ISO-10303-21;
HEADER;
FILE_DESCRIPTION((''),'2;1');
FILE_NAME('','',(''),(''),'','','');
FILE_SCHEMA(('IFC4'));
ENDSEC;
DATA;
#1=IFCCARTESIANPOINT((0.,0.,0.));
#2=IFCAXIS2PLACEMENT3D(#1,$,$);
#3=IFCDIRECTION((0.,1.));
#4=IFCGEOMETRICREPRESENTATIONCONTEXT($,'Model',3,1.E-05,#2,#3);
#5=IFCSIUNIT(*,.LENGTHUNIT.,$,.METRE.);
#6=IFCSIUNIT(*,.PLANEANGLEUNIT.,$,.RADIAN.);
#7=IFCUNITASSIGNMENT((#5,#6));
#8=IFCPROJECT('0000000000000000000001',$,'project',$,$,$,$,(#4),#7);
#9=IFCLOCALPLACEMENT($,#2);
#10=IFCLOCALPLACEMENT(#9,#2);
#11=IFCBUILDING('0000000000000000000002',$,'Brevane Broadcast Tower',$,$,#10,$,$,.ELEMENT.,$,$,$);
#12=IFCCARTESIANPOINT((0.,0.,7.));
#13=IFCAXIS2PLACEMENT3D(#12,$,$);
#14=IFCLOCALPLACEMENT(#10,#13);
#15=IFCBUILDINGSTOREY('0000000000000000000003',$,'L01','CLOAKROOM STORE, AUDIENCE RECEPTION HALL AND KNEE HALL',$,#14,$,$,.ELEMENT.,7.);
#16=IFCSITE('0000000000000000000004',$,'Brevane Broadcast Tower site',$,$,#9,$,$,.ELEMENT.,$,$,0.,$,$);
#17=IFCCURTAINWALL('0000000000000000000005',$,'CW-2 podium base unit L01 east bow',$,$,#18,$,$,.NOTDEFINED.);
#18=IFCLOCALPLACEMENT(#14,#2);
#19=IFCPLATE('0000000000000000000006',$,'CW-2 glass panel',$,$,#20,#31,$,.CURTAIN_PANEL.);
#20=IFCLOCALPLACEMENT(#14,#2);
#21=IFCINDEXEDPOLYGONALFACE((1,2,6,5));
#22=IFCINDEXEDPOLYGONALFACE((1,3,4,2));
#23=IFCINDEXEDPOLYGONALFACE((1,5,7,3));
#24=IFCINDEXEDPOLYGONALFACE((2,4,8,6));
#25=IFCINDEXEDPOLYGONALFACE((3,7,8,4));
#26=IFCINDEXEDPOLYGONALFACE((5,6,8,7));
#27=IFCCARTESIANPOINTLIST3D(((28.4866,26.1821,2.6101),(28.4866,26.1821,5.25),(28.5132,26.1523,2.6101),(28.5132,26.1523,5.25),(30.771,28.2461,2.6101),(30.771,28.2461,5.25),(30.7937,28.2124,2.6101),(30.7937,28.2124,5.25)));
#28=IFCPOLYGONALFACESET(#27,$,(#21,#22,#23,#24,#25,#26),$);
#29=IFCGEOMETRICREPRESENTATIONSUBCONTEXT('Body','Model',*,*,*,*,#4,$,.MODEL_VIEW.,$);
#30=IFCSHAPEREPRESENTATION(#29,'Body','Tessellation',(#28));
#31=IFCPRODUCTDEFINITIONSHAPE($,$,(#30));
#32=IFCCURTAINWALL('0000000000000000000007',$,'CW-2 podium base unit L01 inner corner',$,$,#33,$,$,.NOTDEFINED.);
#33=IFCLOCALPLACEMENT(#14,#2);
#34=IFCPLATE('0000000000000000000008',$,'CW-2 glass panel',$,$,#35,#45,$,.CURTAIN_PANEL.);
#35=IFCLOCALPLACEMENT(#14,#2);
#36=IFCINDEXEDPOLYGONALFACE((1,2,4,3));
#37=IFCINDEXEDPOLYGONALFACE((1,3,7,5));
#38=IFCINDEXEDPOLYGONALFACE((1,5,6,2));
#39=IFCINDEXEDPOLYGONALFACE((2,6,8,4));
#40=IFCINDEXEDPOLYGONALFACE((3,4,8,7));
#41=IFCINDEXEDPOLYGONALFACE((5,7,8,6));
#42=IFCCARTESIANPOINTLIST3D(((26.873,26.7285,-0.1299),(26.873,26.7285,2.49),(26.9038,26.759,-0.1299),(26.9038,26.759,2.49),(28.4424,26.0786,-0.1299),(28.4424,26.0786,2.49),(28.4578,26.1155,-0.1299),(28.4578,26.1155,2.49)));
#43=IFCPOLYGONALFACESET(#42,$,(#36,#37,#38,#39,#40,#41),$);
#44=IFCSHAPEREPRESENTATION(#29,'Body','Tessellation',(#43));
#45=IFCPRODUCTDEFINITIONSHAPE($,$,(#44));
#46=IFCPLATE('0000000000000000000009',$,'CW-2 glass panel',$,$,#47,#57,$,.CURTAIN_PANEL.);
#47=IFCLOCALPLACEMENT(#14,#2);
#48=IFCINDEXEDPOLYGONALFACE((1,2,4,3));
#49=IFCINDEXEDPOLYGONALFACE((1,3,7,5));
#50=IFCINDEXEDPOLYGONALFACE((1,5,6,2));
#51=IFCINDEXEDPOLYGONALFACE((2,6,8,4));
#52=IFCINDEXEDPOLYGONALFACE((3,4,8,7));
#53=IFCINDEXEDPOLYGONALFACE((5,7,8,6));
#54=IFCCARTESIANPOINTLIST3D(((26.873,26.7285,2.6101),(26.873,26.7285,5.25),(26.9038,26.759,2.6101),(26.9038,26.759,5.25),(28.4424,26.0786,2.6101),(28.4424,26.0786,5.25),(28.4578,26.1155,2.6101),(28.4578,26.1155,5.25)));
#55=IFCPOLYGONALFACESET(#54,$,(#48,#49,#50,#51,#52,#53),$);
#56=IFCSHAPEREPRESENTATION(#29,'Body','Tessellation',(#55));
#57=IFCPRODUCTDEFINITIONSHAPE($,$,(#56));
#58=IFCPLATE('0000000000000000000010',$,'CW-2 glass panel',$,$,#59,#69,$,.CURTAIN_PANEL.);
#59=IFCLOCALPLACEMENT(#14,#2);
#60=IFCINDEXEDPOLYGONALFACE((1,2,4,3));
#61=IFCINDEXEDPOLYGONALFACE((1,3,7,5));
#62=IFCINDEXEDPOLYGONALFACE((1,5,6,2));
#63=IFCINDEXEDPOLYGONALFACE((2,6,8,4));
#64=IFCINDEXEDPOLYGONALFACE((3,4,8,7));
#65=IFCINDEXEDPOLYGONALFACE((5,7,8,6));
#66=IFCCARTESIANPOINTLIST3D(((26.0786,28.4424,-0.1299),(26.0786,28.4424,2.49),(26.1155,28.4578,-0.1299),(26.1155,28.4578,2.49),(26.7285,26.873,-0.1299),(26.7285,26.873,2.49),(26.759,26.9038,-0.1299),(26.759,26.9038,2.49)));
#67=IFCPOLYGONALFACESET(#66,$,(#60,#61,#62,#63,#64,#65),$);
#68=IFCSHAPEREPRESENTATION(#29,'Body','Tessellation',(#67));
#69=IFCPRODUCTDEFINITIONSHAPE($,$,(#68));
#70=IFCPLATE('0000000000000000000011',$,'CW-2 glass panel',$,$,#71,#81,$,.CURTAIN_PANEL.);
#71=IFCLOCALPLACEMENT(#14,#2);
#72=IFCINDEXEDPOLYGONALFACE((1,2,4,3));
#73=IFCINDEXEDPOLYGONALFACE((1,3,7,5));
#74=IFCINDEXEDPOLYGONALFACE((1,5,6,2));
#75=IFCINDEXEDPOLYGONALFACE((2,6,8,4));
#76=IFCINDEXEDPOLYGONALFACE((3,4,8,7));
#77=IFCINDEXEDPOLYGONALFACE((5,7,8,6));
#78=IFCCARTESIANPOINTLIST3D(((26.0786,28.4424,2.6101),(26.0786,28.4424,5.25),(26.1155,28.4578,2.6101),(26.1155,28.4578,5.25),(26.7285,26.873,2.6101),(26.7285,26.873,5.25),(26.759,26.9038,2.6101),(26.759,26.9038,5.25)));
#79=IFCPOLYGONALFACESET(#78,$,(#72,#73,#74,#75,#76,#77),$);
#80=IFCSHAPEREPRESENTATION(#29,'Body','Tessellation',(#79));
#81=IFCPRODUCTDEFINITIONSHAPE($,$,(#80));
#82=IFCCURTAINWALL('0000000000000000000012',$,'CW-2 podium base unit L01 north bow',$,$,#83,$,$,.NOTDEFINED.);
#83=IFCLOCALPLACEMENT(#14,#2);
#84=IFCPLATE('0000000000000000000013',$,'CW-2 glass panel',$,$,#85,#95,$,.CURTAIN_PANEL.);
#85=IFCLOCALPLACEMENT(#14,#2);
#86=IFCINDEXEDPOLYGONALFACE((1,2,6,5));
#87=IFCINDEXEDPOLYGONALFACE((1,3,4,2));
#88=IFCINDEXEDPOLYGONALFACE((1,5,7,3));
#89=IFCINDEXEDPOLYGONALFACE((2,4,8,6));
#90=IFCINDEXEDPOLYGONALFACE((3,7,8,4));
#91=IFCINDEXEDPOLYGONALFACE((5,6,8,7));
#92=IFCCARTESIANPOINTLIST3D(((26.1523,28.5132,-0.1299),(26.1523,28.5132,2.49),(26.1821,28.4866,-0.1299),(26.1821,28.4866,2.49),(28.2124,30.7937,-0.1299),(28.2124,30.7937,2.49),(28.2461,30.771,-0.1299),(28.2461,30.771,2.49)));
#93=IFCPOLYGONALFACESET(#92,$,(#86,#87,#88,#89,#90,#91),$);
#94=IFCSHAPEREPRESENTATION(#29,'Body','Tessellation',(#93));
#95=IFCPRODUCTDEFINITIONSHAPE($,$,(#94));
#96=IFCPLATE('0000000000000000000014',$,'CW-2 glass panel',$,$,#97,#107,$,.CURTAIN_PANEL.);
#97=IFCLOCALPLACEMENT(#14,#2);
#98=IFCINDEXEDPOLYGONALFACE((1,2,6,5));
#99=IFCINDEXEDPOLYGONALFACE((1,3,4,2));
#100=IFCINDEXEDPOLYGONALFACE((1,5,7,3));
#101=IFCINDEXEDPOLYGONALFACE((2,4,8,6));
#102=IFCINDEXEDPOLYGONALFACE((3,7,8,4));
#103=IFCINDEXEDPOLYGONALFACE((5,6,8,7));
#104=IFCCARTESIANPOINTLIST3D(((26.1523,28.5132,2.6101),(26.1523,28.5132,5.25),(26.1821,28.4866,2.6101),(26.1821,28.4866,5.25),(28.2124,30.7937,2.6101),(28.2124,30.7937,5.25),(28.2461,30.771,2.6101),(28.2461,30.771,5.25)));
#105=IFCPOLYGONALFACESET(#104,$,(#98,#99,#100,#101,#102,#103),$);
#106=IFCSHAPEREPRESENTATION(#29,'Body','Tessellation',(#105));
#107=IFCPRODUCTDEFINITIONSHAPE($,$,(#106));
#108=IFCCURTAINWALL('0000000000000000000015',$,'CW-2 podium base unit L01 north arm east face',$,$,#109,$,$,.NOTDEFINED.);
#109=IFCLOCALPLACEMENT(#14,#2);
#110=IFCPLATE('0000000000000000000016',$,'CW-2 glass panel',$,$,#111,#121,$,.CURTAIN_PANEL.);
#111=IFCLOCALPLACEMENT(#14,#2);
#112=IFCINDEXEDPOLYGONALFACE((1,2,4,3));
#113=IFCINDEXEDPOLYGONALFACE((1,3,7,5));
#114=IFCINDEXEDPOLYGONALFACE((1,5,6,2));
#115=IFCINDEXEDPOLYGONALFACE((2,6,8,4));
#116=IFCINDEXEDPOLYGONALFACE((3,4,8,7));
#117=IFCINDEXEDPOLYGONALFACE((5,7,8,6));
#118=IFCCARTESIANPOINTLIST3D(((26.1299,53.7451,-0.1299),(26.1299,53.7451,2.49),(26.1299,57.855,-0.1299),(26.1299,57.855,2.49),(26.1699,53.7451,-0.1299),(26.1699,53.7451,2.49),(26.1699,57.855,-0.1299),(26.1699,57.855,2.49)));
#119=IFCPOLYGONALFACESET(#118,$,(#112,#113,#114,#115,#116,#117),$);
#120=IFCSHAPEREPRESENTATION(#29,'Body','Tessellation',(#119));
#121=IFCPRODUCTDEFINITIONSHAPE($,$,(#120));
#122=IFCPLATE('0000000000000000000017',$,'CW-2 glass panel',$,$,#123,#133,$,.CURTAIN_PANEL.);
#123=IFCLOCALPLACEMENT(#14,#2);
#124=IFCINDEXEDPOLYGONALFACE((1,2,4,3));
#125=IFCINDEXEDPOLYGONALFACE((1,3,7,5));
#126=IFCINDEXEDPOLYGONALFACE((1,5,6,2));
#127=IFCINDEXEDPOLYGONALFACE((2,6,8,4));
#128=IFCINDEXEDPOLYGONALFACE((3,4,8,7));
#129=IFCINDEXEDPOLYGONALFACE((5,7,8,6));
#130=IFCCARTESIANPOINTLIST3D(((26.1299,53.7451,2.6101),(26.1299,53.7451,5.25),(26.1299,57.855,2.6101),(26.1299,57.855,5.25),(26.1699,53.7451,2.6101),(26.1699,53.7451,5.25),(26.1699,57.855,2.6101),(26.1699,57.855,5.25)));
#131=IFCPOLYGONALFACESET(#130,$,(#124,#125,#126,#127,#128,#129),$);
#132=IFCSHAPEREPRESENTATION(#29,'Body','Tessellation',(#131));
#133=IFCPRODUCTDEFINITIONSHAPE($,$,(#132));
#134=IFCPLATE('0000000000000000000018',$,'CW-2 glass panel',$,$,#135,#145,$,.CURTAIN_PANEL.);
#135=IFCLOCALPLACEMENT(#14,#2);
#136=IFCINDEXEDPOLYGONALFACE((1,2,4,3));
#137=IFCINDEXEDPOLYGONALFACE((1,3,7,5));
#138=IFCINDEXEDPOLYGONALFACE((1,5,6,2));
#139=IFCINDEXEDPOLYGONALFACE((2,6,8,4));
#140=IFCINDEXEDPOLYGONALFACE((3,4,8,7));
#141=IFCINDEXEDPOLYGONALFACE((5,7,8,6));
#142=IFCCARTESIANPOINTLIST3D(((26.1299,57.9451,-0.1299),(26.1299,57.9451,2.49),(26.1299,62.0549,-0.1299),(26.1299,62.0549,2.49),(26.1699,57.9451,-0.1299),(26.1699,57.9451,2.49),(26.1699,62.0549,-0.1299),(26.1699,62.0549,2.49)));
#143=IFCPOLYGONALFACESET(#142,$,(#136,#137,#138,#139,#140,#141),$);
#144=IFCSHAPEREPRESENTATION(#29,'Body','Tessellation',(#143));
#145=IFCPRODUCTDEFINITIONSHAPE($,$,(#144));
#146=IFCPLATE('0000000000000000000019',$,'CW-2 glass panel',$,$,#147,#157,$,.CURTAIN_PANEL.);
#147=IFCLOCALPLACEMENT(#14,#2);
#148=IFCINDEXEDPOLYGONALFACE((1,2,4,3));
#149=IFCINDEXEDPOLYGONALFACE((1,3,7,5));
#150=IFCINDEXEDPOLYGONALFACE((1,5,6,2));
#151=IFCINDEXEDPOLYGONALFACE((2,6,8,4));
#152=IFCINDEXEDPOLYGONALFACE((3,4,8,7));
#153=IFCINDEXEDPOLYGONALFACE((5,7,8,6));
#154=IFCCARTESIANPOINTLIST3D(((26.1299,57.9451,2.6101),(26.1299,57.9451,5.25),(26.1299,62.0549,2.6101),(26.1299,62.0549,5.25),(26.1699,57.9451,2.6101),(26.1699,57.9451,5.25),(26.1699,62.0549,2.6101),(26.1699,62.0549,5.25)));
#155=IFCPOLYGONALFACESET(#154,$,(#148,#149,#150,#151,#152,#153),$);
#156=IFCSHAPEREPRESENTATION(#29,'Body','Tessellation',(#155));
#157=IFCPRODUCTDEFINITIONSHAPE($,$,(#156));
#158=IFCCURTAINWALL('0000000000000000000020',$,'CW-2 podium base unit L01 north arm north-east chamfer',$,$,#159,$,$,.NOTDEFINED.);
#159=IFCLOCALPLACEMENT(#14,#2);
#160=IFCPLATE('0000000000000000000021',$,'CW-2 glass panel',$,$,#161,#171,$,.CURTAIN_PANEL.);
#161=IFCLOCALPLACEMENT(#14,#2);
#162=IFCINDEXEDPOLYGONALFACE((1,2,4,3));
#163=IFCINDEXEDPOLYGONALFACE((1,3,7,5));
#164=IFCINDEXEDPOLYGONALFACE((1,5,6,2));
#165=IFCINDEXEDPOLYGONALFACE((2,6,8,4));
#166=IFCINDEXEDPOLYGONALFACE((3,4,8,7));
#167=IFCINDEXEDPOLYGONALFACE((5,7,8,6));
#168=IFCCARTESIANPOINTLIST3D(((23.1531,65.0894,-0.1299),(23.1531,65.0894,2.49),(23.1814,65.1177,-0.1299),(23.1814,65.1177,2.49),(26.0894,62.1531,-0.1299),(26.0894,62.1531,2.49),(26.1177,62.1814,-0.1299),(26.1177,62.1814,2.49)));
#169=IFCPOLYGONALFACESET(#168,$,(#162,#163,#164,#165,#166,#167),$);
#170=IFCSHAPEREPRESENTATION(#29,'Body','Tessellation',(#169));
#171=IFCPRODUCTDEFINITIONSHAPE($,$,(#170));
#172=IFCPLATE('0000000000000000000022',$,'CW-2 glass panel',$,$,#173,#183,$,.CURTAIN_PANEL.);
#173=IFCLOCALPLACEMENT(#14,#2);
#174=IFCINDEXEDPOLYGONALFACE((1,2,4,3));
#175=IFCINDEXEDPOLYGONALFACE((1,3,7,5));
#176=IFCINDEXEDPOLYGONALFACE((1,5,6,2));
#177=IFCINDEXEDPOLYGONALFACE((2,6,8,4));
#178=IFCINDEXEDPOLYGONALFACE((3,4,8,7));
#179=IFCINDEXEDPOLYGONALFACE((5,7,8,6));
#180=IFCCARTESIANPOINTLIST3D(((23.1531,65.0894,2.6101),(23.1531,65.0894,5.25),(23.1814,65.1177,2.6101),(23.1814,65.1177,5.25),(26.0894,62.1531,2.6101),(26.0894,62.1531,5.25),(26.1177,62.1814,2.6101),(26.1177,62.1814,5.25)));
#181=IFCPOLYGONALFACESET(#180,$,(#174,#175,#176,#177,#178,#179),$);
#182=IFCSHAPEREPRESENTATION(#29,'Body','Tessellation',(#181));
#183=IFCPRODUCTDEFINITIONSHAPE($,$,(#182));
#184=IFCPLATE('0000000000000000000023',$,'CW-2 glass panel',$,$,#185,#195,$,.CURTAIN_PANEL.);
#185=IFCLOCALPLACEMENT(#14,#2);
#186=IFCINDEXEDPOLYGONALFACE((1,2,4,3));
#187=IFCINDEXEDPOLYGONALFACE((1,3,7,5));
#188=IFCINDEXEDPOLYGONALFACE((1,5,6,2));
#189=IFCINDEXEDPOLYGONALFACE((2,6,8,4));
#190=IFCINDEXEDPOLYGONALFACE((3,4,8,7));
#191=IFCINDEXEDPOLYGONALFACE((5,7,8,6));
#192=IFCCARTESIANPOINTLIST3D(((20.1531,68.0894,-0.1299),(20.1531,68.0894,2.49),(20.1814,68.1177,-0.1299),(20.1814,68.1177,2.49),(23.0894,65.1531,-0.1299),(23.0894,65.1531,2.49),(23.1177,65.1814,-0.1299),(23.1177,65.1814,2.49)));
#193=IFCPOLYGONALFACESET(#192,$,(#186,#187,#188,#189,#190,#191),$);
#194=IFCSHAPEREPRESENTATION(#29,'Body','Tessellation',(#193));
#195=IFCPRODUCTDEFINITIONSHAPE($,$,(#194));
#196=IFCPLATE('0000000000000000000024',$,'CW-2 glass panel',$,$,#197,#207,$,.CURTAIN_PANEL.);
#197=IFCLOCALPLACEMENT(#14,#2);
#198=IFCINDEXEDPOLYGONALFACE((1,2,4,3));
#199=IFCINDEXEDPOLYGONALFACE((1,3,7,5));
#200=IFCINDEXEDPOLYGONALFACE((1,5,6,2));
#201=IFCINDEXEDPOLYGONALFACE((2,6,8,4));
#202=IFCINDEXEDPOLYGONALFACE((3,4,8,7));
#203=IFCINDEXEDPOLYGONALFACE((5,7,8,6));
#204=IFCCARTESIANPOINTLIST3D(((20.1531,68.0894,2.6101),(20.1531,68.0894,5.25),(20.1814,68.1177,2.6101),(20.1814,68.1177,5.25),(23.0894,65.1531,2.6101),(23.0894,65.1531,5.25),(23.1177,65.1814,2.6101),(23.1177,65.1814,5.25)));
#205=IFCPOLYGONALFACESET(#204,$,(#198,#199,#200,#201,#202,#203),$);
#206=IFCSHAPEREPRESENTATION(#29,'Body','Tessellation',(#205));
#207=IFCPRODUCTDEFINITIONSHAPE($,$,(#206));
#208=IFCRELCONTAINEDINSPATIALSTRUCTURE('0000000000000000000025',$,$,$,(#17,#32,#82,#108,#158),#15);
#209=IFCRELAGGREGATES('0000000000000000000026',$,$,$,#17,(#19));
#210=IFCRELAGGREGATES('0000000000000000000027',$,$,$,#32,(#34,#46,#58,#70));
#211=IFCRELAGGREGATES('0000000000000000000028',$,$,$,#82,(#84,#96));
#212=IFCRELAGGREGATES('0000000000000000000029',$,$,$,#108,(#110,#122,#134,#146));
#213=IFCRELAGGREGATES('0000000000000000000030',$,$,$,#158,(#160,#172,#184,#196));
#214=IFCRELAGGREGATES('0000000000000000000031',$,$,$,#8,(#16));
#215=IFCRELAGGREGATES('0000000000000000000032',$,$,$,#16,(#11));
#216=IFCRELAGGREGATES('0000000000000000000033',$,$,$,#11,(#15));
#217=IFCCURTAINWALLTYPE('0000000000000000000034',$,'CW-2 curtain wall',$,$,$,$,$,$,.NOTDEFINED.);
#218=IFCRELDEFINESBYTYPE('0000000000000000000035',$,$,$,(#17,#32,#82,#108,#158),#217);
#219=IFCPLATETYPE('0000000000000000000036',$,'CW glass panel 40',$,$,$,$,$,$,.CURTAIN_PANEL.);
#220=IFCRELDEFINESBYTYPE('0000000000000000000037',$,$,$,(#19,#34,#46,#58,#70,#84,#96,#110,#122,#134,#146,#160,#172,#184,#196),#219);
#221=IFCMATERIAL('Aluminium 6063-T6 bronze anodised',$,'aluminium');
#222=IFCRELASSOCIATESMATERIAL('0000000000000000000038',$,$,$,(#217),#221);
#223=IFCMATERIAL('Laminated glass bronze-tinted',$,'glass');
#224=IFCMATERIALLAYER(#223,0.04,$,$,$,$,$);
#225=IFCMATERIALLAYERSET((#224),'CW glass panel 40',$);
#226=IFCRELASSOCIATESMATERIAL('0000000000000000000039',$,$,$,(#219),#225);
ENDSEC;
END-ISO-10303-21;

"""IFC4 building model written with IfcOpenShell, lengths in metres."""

from ifc_helpers import new_model, si_unit, direction, frame, origin, place, context, subcontext, project, spatial, polyline, outline, extrude, material, layer, layer_set, type_object, element, aggregate, save


model = new_model("IFC4")

# Units and contexts
model_context = context("Model", 3, precision=1e-05, world=origin(), true_north=direction((0.0, 1.0)))
body_context = subcontext(model_context, "Body", "Model", "MODEL_VIEW")
ifc_project = project(units=[si_unit("LENGTHUNIT", "METRE"), si_unit("PLANEANGLEUNIT", "RADIAN")], contexts=[model_context])

# Site, building, storey
site_placement = place(None, origin())
site = spatial("IfcSite", under=ifc_project, at=site_placement, Name="Brevane Broadcast Tower site", CompositionType="ELEMENT", RefElevation=0.0)
building_placement = place(site_placement, origin())
building = spatial("IfcBuilding", under=site, at=building_placement, Name="Brevane Broadcast Tower", CompositionType="ELEMENT")
storey_placement = place(building_placement, frame((0.0, 0.0, 7.0)))
storey = spatial("IfcBuildingStorey", under=building, at=storey_placement, Name="L01", Description="CLOAKROOM STORE, AUDIENCE RECEPTION HALL AND KNEE HALL", CompositionType="ELEMENT", Elevation=7.0)

# Curtain wall, plate
ifc_material_1 = material(Name="Aluminium 6063-T6 bronze anodised", Category="aluminium")
curtain_wall_type = type_object("IfcCurtainWallType", Name="CW-2 curtain wall", PredefinedType="NOTDEFINED", material=ifc_material_1)
curtain_wall_1_placement = place(storey_placement, origin())
curtain_wall_1 = element("IfcCurtainWall", 1, at=curtain_wall_1_placement, inside=storey, type_object=curtain_wall_type, Name="CW-2 podium base unit L01 east bow", PredefinedType="NOTDEFINED")
ifc_material_2 = material(Name="Laminated glass bronze-tinted", Category="glass")
ifc_layer = layer(ifc_material_2, 0.04)
ifc_layer_set = layer_set([ifc_layer], Name="CW glass panel 40")
plate_type = type_object("IfcPlateType", Name="CW glass panel 40", PredefinedType="CURTAIN_PANEL", material=ifc_layer_set)
plate_1_placement = place(storey_placement, frame((0.0, 0.0, 2.6101)))
plate_1 = element("IfcPlate", 2, at=plate_1_placement, type_object=plate_type, Name="CW-2 glass panel", PredefinedType="CURTAIN_PANEL", context=body_context, shape_type="SweptSolid", body=[
    extrude(outline(polyline([(30.7937, 28.2124), (30.771, 28.2461), (28.4866, 26.1821), (28.5132, 26.1523), (30.7937, 28.2124)])), origin(), (0.0, 0.0, 1.0), 2.6399),
])
aggregate(curtain_wall_1, [plate_1])

# Curtain walls, plates
curtain_wall_2_placement = place(storey_placement, origin())
curtain_wall_2 = element("IfcCurtainWall", 3, at=curtain_wall_2_placement, inside=storey, type_object=curtain_wall_type, Name="CW-2 podium base unit L01 inner corner", PredefinedType="NOTDEFINED")
plate_2_placement = place(storey_placement, frame((0.0, 0.0, -0.1299)))
plate_2 = element("IfcPlate", 4, at=plate_2_placement, type_object=plate_type, Name="CW-2 glass panel", PredefinedType="CURTAIN_PANEL", context=body_context, shape_type="SweptSolid", body=[
    extrude(outline(polyline([(28.4424, 26.0786), (28.4578, 26.1155), (26.9038, 26.759), (26.873, 26.7285), (28.4424, 26.0786)])), origin(), (0.0, 0.0, 1.0), 2.6199),
])
plate_3_placement = place(storey_placement, frame((0.0, 0.0, 2.6101)))
plate_3 = element("IfcPlate", 5, at=plate_3_placement, type_object=plate_type, Name="CW-2 glass panel", PredefinedType="CURTAIN_PANEL", context=body_context, shape_type="SweptSolid", body=[
    extrude(outline(polyline([(28.4424, 26.0786), (28.4578, 26.1155), (26.9038, 26.759), (26.873, 26.7285), (28.4424, 26.0786)])), origin(), (0.0, 0.0, 1.0), 2.6399),
])
plate_4_placement = place(storey_placement, frame((0.0, 0.0, -0.1299)))
plate_4 = element("IfcPlate", 6, at=plate_4_placement, type_object=plate_type, Name="CW-2 glass panel", PredefinedType="CURTAIN_PANEL", context=body_context, shape_type="SweptSolid", body=[
    extrude(outline(polyline([(26.7285, 26.873), (26.759, 26.9038), (26.1155, 28.4578), (26.0786, 28.4424), (26.7285, 26.873)])), origin(), (0.0, 0.0, 1.0), 2.6199),
])
plate_5_placement = place(storey_placement, frame((0.0, 0.0, 2.6101)))
plate_5 = element("IfcPlate", 7, at=plate_5_placement, type_object=plate_type, Name="CW-2 glass panel", PredefinedType="CURTAIN_PANEL", context=body_context, shape_type="SweptSolid", body=[
    extrude(outline(polyline([(26.7285, 26.873), (26.759, 26.9038), (26.1155, 28.4578), (26.0786, 28.4424), (26.7285, 26.873)])), origin(), (0.0, 0.0, 1.0), 2.6399),
])
aggregate(curtain_wall_2, [plate_2, plate_3, plate_4, plate_5])
curtain_wall_3_placement = place(storey_placement, origin())
curtain_wall_3 = element("IfcCurtainWall", 8, at=curtain_wall_3_placement, inside=storey, type_object=curtain_wall_type, Name="CW-2 podium base unit L01 north bow", PredefinedType="NOTDEFINED")
plate_6_placement = place(storey_placement, frame((0.0, 0.0, -0.1299)))
plate_6 = element("IfcPlate", 9, at=plate_6_placement, type_object=plate_type, Name="CW-2 glass panel", PredefinedType="CURTAIN_PANEL", context=body_context, shape_type="SweptSolid", body=[
    extrude(outline(polyline([(26.1523, 28.5132), (26.1821, 28.4866), (28.2461, 30.771), (28.2124, 30.7937), (26.1523, 28.5132)])), origin(), (0.0, 0.0, 1.0), 2.6199),
])
plate_7_placement = place(storey_placement, frame((0.0, 0.0, 2.6101)))
plate_7 = element("IfcPlate", 10, at=plate_7_placement, type_object=plate_type, Name="CW-2 glass panel", PredefinedType="CURTAIN_PANEL", context=body_context, shape_type="SweptSolid", body=[
    extrude(outline(polyline([(26.1523, 28.5132), (26.1821, 28.4866), (28.2461, 30.771), (28.2124, 30.7937), (26.1523, 28.5132)])), origin(), (0.0, 0.0, 1.0), 2.6399),
])
aggregate(curtain_wall_3, [plate_6, plate_7])
curtain_wall_4_placement = place(storey_placement, origin())
curtain_wall_4 = element("IfcCurtainWall", 11, at=curtain_wall_4_placement, inside=storey, type_object=curtain_wall_type, Name="CW-2 podium base unit L01 north arm east face", PredefinedType="NOTDEFINED")
plate_8_placement = place(storey_placement, frame((0.0, 0.0, -0.1299)))
plate_8 = element("IfcPlate", 12, at=plate_8_placement, type_object=plate_type, Name="CW-2 glass panel", PredefinedType="CURTAIN_PANEL", context=body_context, shape_type="SweptSolid", body=[
    extrude(outline(polyline([(26.1699, 57.855), (26.1299, 57.855), (26.1299, 53.7451), (26.1699, 53.7451), (26.1699, 57.855)])), origin(), (0.0, 0.0, 1.0), 2.6199),
])
plate_9_placement = place(storey_placement, frame((0.0, 0.0, 2.6101)))
plate_9 = element("IfcPlate", 13, at=plate_9_placement, type_object=plate_type, Name="CW-2 glass panel", PredefinedType="CURTAIN_PANEL", context=body_context, shape_type="SweptSolid", body=[
    extrude(outline(polyline([(26.1699, 57.855), (26.1299, 57.855), (26.1299, 53.7451), (26.1699, 53.7451), (26.1699, 57.855)])), origin(), (0.0, 0.0, 1.0), 2.6399),
])
plate_10_placement = place(storey_placement, frame((0.0, 0.0, -0.1299)))
plate_10 = element("IfcPlate", 14, at=plate_10_placement, type_object=plate_type, Name="CW-2 glass panel", PredefinedType="CURTAIN_PANEL", context=body_context, shape_type="SweptSolid", body=[
    extrude(outline(polyline([(26.1699, 62.0549), (26.1299, 62.0549), (26.1299, 57.9451), (26.1699, 57.9451), (26.1699, 62.0549)])), origin(), (0.0, 0.0, 1.0), 2.6199),
])
plate_11_placement = place(storey_placement, frame((0.0, 0.0, 2.6101)))
plate_11 = element("IfcPlate", 15, at=plate_11_placement, type_object=plate_type, Name="CW-2 glass panel", PredefinedType="CURTAIN_PANEL", context=body_context, shape_type="SweptSolid", body=[
    extrude(outline(polyline([(26.1699, 62.0549), (26.1299, 62.0549), (26.1299, 57.9451), (26.1699, 57.9451), (26.1699, 62.0549)])), origin(), (0.0, 0.0, 1.0), 2.6399),
])
aggregate(curtain_wall_4, [plate_8, plate_9, plate_10, plate_11])
curtain_wall_5_placement = place(storey_placement, origin())
curtain_wall_5 = element("IfcCurtainWall", 16, at=curtain_wall_5_placement, inside=storey, type_object=curtain_wall_type, Name="CW-2 podium base unit L01 north arm north-east chamfer", PredefinedType="NOTDEFINED")
plate_12_placement = place(storey_placement, frame((0.0, 0.0, -0.1299)))
plate_12 = element("IfcPlate", 17, at=plate_12_placement, type_object=plate_type, Name="CW-2 glass panel", PredefinedType="CURTAIN_PANEL", context=body_context, shape_type="SweptSolid", body=[
    extrude(outline(polyline([(26.0894, 62.1531), (23.1531, 65.0894), (23.1814, 65.1177), (26.1177, 62.1814), (26.0894, 62.1531)])), origin(), (0.0, 0.0, 1.0), 2.6199),
])
plate_13_placement = place(storey_placement, frame((0.0, 0.0, 2.6101)))
plate_13 = element("IfcPlate", 18, at=plate_13_placement, type_object=plate_type, Name="CW-2 glass panel", PredefinedType="CURTAIN_PANEL", context=body_context, shape_type="SweptSolid", body=[
    extrude(outline(polyline([(26.0894, 62.1531), (23.1531, 65.0894), (23.1814, 65.1177), (26.1177, 62.1814), (26.0894, 62.1531)])), origin(), (0.0, 0.0, 1.0), 2.6399),
])
plate_14_placement = place(storey_placement, frame((0.0, 0.0, -0.1299)))
plate_14 = element("IfcPlate", 19, at=plate_14_placement, type_object=plate_type, Name="CW-2 glass panel", PredefinedType="CURTAIN_PANEL", context=body_context, shape_type="SweptSolid", body=[
    extrude(outline(polyline([(23.0894, 65.1531), (20.1531, 68.0894), (20.1814, 68.1177), (23.1177, 65.1814), (23.0894, 65.1531)])), origin(), (0.0, 0.0, 1.0), 2.6199),
])
plate_15_placement = place(storey_placement, frame((0.0, 0.0, 2.6101)))
plate_15 = element("IfcPlate", 20, at=plate_15_placement, type_object=plate_type, Name="CW-2 glass panel", PredefinedType="CURTAIN_PANEL", context=body_context, shape_type="SweptSolid", body=[
    extrude(outline(polyline([(23.0894, 65.1531), (20.1531, 68.0894), (20.1814, 68.1177), (23.1177, 65.1814), (23.0894, 65.1531)])), origin(), (0.0, 0.0, 1.0), 2.6399),
])
aggregate(curtain_wall_5, [plate_12, plate_13, plate_14, plate_15])

save(model, "model.ifc")
